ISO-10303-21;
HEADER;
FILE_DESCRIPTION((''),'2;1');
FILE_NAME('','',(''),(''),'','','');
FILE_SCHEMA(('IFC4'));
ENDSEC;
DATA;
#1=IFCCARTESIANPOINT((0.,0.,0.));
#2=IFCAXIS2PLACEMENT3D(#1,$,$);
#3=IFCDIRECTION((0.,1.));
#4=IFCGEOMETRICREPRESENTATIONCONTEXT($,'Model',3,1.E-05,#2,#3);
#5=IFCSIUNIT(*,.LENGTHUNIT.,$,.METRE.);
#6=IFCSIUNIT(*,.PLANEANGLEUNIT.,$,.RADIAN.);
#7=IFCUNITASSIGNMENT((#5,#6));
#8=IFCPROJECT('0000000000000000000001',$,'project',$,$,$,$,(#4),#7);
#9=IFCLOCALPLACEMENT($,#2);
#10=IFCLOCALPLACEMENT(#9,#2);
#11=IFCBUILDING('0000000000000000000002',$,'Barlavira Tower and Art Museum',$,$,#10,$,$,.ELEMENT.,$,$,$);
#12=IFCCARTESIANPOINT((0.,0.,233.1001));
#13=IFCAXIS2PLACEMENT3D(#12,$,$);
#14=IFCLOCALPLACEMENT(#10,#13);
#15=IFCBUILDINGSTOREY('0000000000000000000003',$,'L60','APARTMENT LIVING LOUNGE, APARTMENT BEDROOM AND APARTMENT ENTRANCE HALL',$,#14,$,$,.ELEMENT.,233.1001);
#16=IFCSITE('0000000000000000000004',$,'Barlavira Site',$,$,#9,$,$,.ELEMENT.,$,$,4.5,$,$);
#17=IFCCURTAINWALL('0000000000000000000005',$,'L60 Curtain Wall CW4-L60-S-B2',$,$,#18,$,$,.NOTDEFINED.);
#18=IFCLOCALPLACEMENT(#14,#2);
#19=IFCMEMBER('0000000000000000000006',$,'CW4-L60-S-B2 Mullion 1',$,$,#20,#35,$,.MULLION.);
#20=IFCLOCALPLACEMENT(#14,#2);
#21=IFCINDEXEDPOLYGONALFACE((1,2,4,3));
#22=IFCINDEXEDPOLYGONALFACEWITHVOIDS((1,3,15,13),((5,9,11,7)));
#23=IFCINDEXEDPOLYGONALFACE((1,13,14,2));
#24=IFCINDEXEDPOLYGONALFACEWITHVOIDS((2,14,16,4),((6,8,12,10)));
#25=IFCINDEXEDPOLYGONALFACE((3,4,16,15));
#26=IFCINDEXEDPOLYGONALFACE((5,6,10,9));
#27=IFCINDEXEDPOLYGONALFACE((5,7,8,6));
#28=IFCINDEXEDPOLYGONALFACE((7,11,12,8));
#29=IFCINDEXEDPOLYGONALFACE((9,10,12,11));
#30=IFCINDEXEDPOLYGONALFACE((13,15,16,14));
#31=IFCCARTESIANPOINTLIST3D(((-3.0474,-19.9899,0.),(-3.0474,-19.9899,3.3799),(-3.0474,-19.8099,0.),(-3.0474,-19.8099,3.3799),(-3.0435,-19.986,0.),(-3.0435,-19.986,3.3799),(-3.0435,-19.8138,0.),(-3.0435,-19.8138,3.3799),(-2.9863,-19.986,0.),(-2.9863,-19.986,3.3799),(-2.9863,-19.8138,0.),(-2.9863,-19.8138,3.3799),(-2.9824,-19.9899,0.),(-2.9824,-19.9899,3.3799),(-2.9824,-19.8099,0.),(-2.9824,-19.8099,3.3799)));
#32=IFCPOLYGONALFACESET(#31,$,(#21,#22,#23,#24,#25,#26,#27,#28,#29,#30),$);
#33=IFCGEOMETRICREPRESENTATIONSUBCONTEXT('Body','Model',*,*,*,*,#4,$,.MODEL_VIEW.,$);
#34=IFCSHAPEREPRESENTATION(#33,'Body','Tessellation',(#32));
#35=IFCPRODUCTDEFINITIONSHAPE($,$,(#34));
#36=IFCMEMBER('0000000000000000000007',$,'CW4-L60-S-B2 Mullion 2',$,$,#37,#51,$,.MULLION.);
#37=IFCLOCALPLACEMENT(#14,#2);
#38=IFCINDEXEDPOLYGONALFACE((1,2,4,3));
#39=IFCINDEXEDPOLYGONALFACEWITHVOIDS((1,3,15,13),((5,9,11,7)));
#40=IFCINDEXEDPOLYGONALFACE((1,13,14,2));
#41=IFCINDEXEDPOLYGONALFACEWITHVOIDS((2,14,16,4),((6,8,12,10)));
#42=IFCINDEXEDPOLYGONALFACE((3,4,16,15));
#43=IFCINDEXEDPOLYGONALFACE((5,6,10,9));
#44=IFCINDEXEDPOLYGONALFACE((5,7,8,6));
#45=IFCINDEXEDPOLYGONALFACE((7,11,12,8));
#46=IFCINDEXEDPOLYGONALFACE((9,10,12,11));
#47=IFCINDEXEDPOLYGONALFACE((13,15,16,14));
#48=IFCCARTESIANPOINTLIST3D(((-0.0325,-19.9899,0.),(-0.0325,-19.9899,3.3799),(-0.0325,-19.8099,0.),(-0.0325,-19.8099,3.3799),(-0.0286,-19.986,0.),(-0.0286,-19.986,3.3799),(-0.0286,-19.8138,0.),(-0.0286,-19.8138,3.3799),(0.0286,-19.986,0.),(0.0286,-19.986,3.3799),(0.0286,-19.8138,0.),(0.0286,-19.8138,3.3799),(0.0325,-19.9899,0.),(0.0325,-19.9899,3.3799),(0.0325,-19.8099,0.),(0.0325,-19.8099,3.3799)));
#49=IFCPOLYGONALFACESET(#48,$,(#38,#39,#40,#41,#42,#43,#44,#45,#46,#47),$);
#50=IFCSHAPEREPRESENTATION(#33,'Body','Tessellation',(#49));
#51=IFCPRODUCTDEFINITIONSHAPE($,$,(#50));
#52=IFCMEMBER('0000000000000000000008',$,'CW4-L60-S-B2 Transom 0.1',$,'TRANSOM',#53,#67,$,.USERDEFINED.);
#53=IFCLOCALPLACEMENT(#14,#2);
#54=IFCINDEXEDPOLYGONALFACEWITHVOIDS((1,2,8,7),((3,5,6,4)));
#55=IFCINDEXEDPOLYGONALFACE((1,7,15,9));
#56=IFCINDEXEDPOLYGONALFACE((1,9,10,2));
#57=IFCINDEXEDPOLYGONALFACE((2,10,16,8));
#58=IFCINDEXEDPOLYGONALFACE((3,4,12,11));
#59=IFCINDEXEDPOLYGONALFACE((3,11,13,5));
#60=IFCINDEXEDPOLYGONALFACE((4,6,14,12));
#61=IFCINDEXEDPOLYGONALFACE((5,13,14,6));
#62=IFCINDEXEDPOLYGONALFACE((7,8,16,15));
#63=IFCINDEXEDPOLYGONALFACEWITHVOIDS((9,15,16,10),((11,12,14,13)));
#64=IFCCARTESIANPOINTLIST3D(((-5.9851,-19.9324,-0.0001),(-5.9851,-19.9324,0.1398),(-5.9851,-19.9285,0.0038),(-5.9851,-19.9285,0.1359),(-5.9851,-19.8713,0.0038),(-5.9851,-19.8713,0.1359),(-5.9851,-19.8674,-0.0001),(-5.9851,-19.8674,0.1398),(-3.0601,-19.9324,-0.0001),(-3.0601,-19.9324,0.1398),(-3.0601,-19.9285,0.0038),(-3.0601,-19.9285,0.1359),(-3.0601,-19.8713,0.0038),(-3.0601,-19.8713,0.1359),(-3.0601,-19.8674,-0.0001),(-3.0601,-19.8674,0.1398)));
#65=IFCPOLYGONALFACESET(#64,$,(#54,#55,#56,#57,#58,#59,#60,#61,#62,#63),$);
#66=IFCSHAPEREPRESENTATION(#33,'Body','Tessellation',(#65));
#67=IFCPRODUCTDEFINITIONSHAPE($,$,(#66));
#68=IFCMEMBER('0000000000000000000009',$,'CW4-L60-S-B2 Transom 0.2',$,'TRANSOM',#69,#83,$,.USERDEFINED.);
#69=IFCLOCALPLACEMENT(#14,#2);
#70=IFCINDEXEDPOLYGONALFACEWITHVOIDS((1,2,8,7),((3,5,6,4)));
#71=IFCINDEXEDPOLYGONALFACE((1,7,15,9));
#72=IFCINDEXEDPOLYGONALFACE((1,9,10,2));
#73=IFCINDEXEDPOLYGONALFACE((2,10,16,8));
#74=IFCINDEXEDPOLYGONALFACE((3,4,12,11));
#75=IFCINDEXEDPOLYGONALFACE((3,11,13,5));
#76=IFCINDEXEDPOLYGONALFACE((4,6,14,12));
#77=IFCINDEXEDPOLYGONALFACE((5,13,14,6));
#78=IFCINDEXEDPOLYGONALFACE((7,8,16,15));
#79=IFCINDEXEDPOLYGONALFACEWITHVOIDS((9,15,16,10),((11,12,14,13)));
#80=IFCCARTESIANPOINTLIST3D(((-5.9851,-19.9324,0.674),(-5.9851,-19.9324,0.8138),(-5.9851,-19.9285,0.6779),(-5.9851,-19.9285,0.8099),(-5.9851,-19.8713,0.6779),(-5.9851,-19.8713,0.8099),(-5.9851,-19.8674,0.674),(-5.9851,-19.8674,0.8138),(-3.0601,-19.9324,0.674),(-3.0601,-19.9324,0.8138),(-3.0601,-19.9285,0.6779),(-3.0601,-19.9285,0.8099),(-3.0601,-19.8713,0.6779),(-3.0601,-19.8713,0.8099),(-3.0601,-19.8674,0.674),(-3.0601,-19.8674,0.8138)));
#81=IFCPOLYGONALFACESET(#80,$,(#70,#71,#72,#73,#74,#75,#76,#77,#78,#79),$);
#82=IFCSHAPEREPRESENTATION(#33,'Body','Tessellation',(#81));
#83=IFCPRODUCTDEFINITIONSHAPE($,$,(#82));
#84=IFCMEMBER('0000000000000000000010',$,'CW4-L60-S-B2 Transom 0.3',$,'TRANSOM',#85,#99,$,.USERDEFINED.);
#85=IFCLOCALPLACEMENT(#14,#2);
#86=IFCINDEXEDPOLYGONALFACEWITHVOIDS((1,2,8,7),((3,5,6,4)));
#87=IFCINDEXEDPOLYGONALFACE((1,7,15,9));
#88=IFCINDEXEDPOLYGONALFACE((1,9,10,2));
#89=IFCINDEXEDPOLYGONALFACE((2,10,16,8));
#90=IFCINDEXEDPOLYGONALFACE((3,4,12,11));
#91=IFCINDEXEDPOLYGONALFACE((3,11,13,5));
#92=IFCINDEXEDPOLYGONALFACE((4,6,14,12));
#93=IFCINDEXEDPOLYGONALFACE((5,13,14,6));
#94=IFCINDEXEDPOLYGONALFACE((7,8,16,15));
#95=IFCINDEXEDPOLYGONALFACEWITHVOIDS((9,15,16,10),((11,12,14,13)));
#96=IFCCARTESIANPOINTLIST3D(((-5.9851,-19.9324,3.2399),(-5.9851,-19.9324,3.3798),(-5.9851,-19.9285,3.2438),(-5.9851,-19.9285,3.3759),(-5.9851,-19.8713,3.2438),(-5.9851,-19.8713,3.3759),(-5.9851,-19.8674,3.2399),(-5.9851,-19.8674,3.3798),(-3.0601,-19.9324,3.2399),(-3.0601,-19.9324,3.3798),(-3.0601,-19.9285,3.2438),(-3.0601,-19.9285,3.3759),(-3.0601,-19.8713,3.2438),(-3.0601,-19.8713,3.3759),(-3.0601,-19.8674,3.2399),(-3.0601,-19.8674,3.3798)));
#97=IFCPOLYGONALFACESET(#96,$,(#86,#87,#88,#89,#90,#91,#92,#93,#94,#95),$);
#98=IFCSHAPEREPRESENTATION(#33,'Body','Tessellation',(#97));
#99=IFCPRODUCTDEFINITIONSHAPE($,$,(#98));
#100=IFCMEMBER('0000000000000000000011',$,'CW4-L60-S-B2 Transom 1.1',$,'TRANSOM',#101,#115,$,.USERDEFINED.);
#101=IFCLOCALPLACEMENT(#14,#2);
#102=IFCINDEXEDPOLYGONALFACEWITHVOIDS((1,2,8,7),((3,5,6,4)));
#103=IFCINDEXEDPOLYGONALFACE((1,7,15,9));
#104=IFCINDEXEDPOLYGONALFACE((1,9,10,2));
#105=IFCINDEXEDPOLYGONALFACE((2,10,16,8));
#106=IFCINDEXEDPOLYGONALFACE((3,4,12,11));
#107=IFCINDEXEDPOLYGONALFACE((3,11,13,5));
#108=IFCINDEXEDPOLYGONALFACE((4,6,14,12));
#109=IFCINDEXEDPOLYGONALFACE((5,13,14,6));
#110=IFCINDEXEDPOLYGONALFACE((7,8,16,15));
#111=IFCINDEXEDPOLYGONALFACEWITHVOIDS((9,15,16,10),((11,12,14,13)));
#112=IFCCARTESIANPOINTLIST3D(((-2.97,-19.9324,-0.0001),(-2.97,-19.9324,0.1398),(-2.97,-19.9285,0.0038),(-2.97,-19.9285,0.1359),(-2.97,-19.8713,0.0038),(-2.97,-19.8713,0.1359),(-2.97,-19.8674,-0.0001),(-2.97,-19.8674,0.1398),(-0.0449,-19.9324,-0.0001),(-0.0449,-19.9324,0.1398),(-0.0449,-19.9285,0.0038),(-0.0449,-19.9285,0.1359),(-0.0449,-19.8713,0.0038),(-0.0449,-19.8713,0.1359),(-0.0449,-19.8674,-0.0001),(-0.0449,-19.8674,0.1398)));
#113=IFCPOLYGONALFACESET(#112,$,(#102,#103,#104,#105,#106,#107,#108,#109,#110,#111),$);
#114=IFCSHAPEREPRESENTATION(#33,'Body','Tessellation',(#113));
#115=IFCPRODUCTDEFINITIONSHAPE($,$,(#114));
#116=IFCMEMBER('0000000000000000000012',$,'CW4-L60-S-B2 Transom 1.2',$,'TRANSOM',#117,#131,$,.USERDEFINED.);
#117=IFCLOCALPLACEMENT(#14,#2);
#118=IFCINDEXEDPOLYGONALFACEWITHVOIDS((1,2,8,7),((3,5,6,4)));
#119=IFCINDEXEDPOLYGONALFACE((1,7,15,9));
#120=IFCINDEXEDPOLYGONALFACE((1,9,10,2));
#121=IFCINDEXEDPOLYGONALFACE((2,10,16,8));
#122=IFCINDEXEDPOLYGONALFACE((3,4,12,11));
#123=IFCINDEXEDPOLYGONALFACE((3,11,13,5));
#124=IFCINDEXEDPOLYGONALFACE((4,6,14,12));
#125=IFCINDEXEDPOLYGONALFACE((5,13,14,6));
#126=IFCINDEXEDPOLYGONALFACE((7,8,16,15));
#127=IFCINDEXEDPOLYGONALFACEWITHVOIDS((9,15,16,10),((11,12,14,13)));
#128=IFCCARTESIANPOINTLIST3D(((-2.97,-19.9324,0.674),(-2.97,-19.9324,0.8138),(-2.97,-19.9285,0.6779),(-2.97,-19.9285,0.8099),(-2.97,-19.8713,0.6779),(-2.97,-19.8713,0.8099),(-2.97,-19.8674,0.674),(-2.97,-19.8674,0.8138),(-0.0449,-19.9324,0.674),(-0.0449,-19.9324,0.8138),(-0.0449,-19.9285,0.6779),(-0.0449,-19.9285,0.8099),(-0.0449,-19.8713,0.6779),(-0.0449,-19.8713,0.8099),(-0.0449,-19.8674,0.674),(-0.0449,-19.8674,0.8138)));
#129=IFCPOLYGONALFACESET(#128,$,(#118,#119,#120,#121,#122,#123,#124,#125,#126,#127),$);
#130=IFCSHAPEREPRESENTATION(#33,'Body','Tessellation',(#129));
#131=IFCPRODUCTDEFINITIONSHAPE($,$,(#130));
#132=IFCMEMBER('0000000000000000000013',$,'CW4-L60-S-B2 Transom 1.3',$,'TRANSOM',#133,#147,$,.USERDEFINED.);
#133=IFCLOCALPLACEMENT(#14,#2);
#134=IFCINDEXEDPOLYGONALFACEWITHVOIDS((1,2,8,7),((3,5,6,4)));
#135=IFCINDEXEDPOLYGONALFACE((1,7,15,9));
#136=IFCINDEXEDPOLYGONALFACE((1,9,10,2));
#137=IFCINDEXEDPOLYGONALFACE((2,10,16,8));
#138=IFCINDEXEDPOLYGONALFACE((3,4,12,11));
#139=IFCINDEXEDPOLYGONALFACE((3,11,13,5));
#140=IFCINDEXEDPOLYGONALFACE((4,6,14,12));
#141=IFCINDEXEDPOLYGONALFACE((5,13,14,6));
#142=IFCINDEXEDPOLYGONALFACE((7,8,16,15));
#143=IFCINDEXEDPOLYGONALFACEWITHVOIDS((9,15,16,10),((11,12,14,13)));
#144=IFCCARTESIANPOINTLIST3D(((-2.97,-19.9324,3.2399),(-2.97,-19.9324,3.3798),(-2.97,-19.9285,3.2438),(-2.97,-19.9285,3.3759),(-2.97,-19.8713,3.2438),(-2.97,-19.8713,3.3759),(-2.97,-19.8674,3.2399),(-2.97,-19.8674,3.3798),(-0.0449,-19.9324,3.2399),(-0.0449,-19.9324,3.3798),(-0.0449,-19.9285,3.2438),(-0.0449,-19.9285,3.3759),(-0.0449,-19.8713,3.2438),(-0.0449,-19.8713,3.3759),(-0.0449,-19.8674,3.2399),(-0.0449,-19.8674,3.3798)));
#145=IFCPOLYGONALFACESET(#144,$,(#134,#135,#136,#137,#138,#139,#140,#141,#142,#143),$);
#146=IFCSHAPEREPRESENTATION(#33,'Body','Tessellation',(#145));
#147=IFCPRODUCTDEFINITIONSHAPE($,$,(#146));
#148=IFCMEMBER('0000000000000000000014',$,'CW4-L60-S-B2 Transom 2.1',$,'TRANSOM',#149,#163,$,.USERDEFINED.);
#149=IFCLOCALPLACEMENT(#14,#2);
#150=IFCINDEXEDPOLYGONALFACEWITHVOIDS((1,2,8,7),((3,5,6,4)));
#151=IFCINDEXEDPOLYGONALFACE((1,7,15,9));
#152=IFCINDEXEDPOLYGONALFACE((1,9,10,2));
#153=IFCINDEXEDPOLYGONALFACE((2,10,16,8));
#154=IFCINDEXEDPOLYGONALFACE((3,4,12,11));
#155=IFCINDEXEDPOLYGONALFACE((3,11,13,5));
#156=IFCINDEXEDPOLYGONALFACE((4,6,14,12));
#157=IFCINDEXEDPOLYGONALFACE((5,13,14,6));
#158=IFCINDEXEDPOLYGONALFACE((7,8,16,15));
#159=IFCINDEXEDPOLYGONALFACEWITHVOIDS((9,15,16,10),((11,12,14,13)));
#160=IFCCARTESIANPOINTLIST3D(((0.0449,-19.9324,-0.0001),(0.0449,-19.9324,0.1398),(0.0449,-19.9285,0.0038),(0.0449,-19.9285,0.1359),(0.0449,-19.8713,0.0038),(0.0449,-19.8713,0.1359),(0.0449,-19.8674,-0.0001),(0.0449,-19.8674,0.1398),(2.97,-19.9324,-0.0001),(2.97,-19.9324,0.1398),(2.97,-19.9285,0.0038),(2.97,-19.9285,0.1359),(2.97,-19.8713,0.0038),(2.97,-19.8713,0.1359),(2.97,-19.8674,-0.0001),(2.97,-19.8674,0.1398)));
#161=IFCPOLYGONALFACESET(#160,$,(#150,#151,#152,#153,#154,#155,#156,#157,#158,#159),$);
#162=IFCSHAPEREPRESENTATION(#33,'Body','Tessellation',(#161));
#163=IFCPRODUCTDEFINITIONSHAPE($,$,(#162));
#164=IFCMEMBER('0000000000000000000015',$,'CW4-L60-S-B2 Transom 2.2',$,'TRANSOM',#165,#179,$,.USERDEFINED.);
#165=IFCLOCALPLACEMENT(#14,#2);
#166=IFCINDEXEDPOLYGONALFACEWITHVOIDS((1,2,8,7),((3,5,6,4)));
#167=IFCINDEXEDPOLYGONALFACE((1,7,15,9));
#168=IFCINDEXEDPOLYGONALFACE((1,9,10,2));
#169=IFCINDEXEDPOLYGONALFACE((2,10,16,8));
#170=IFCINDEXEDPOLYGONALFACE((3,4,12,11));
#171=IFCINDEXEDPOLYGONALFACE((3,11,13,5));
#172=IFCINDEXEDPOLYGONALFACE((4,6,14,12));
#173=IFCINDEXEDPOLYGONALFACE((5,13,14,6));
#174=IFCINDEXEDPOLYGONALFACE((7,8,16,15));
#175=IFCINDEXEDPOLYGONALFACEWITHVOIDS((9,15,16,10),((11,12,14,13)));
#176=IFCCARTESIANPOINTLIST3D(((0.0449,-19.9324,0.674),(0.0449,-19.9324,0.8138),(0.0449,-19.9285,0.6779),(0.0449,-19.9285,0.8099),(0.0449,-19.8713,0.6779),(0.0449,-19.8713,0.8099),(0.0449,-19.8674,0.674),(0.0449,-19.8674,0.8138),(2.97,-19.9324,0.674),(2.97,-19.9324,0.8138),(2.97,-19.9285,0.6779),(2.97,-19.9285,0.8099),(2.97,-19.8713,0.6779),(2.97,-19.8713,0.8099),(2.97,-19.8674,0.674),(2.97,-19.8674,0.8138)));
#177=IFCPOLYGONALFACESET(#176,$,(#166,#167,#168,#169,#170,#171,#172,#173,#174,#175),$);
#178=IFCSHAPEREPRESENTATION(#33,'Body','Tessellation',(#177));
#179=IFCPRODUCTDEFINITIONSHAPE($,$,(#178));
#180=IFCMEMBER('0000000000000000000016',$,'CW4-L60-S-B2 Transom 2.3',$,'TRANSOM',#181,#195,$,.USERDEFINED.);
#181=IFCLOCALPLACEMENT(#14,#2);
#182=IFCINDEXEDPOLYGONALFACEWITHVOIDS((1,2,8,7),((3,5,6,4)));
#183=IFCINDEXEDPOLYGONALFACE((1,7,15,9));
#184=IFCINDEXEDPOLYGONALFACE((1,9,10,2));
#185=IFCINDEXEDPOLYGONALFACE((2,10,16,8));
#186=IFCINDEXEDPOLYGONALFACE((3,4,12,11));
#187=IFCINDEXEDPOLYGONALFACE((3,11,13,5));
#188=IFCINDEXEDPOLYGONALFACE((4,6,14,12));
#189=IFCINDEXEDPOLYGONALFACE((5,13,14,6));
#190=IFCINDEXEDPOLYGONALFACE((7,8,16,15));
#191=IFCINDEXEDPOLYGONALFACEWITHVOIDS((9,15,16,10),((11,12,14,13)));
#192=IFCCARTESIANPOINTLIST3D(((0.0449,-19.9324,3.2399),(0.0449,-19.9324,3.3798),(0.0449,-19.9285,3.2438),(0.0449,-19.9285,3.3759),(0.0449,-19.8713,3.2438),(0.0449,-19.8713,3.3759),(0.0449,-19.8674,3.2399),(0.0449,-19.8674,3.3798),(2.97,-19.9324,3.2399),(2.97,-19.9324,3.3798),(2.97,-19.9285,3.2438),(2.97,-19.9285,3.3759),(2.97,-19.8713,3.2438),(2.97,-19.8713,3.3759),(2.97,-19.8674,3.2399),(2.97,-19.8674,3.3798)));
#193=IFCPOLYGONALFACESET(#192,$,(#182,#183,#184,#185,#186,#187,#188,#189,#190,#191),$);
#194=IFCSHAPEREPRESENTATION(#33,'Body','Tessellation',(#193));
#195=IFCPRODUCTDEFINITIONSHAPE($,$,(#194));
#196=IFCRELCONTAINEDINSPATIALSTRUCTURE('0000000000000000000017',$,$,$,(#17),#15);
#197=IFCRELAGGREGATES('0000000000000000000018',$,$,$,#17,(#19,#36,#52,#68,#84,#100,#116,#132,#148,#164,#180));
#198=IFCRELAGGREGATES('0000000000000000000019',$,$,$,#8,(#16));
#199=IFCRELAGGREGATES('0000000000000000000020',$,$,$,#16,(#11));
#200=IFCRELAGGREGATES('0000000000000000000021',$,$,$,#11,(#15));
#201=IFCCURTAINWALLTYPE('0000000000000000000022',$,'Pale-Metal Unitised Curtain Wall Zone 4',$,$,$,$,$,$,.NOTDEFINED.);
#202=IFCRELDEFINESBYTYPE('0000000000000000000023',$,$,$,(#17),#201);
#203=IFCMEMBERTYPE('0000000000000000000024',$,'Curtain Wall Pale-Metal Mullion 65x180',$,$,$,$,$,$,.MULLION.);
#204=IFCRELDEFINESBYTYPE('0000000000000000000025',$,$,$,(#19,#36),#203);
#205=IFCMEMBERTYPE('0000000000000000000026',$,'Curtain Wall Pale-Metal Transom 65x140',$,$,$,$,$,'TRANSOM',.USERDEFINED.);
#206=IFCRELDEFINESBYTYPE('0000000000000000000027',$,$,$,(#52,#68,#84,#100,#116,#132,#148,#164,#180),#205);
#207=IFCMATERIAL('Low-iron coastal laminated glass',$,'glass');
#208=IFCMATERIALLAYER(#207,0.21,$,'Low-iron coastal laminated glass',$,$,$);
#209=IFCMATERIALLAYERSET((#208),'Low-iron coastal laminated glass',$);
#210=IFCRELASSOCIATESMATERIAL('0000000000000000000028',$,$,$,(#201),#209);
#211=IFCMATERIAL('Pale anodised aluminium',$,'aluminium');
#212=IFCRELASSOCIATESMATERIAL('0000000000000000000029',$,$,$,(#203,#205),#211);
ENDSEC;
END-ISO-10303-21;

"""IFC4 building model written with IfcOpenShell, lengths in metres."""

from ifc_helpers import new_model, si_unit, direction, frame, origin, origin_2d, place, context, subcontext, project, spatial, hollow_rectangle, extrude, material, layer, layer_set, material_profile, profile_set, type_object, element, aggregate, save


model = new_model("IFC4")

# Units and contexts
model_context = context("Model", 3, precision=1e-05, world=origin(), true_north=direction((0.0, 1.0)))
body_context = subcontext(model_context, "Body", "Model", "MODEL_VIEW")
ifc_project = project(units=[si_unit("LENGTHUNIT", "METRE"), si_unit("PLANEANGLEUNIT", "RADIAN")], contexts=[model_context])

# Site, building, storey
site_placement = place(None, origin())
site = spatial("IfcSite", under=ifc_project, at=site_placement, Name="Barlavira Site", CompositionType="ELEMENT", RefElevation=4.5)
building_placement = place(site_placement, origin())
building = spatial("IfcBuilding", under=site, at=building_placement, Name="Barlavira Tower and Art Museum", CompositionType="ELEMENT")
storey_placement = place(building_placement, frame((0.0, 0.0, 233.1001)))
storey = spatial("IfcBuildingStorey", under=building, at=storey_placement, Name="L60", Description="APARTMENT LIVING LOUNGE, APARTMENT BEDROOM AND APARTMENT ENTRANCE HALL", CompositionType="ELEMENT", Elevation=233.1001)

# Curtain wall, members
ifc_material_1 = material(Name="Low-iron coastal laminated glass", Category="glass")
ifc_layer_1 = layer(ifc_material_1, 0.21, Name="Low-iron coastal laminated glass")
ifc_layer_set_1 = layer_set([ifc_layer_1], Name="Low-iron coastal laminated glass")
curtain_wall_type = type_object("IfcCurtainWallType", Name="Pale-Metal Unitised Curtain Wall Zone 4", PredefinedType="NOTDEFINED", material=ifc_layer_set_1)
curtain_wall_placement = place(storey_placement, origin())
curtain_wall = element("IfcCurtainWall", 1, at=curtain_wall_placement, inside=storey, type_object=curtain_wall_type, Name="L60 Curtain Wall CW4-L60-S-B2", PredefinedType="NOTDEFINED")
ifc_material_2 = material(Name="Pale anodised aluminium", Category="aluminium")
ifc_material_profile_1 = material_profile(ifc_material_2, hollow_rectangle(XDim=0.0649, YDim=0.1799, WallThickness=0.0039, at=origin_2d()), Name="ALU-MULL 65x180x4")
ifc_profile_set_1 = profile_set([ifc_material_profile_1], Name="Pale anodised aluminium")
member_type_1 = type_object("IfcMemberType", Name="Curtain Wall Pale-Metal Mullion 65x180", PredefinedType="MULLION", material=ifc_profile_set_1)
member_1_placement = place(storey_placement, frame((-3.0149, -19.8999, 0.0), z_axis=(0.0, 0.0, 1.0), x_axis=(1.0, 0.0, 0.0)))
member_1 = element("IfcMember", 2, at=member_1_placement, type_object=member_type_1, Name="CW4-L60-S-B2 Mullion 1", PredefinedType="MULLION", context=body_context, shape_type="SweptSolid", body=[
    extrude(hollow_rectangle(XDim=0.0649, YDim=0.1799, WallThickness=0.0039, at=origin_2d()), origin(), (0.0, 0.0, 1.0), 3.3799),
])
member_2_placement = place(storey_placement, frame((0.0, -19.8999, 0.0), z_axis=(0.0, 0.0, 1.0), x_axis=(1.0, 0.0, 0.0)))
member_2 = element("IfcMember", 3, at=member_2_placement, type_object=member_type_1, Name="CW4-L60-S-B2 Mullion 2", PredefinedType="MULLION", context=body_context, shape_type="SweptSolid", body=[
    extrude(hollow_rectangle(XDim=0.0649, YDim=0.1799, WallThickness=0.0039, at=origin_2d()), origin(), (0.0, 0.0, 1.0), 3.3799),
])
ifc_material_profile_2 = material_profile(ifc_material_2, hollow_rectangle(XDim=0.0649, YDim=0.1399, WallThickness=0.0039, at=origin_2d()), Name="ALU-TRAN 65x140x4")
ifc_profile_set_2 = profile_set([ifc_material_profile_2], Name="Pale anodised aluminium")
member_type_2 = type_object("IfcMemberType", Name="Curtain Wall Pale-Metal Transom 65x140", ElementType="TRANSOM", PredefinedType="USERDEFINED", material=ifc_profile_set_2)
member_3_placement = place(storey_placement, frame((-5.9851, -19.8999, 0.0698), z_axis=(1.0, 0.0, 0.0), x_axis=(0.0, 1.0, 0.0)))
member_3 = element("IfcMember", 4, at=member_3_placement, type_object=member_type_2, Name="CW4-L60-S-B2 Transom 0.1", ObjectType="TRANSOM", PredefinedType="USERDEFINED", context=body_context, shape_type="SweptSolid", body=[
    extrude(hollow_rectangle(XDim=0.0649, YDim=0.1399, WallThickness=0.0039, at=origin_2d()), origin(), (0.0, 0.0, 1.0), 2.925),
])
member_4_placement = place(storey_placement, frame((-5.9851, -19.8999, 0.7439), z_axis=(1.0, 0.0, 0.0), x_axis=(0.0, 1.0, 0.0)))
member_4 = element("IfcMember", 5, at=member_4_placement, type_object=member_type_2, Name="CW4-L60-S-B2 Transom 0.2", ObjectType="TRANSOM", PredefinedType="USERDEFINED", context=body_context, shape_type="SweptSolid", body=[
    extrude(hollow_rectangle(XDim=0.0649, YDim=0.1399, WallThickness=0.0039, at=origin_2d()), origin(), (0.0, 0.0, 1.0), 2.925),
])
member_5_placement = place(storey_placement, frame((-5.9851, -19.8999, 3.3098), z_axis=(1.0, 0.0, 0.0), x_axis=(0.0, 1.0, 0.0)))
member_5 = element("IfcMember", 6, at=member_5_placement, type_object=member_type_2, Name="CW4-L60-S-B2 Transom 0.3", ObjectType="TRANSOM", PredefinedType="USERDEFINED", context=body_context, shape_type="SweptSolid", body=[
    extrude(hollow_rectangle(XDim=0.0649, YDim=0.1399, WallThickness=0.0039, at=origin_2d()), origin(), (0.0, 0.0, 1.0), 2.925),
])
member_6_placement = place(storey_placement, frame((-2.97, -19.8999, 0.0698), z_axis=(1.0, 0.0, 0.0), x_axis=(0.0, 1.0, 0.0)))
member_6 = element("IfcMember", 7, at=member_6_placement, type_object=member_type_2, Name="CW4-L60-S-B2 Transom 1.1", ObjectType="TRANSOM", PredefinedType="USERDEFINED", context=body_context, shape_type="SweptSolid", body=[
    extrude(hollow_rectangle(XDim=0.0649, YDim=0.1399, WallThickness=0.0039, at=origin_2d()), origin(), (0.0, 0.0, 1.0), 2.925),
])
member_7_placement = place(storey_placement, frame((-2.97, -19.8999, 0.7439), z_axis=(1.0, 0.0, 0.0), x_axis=(0.0, 1.0, 0.0)))
member_7 = element("IfcMember", 8, at=member_7_placement, type_object=member_type_2, Name="CW4-L60-S-B2 Transom 1.2", ObjectType="TRANSOM", PredefinedType="USERDEFINED", context=body_context, shape_type="SweptSolid", body=[
    extrude(hollow_rectangle(XDim=0.0649, YDim=0.1399, WallThickness=0.0039, at=origin_2d()), origin(), (0.0, 0.0, 1.0), 2.925),
])
member_8_placement = place(storey_placement, frame((-2.97, -19.8999, 3.3098), z_axis=(1.0, 0.0, 0.0), x_axis=(0.0, 1.0, 0.0)))
member_8 = element("IfcMember", 9, at=member_8_placement, type_object=member_type_2, Name="CW4-L60-S-B2 Transom 1.3", ObjectType="TRANSOM", PredefinedType="USERDEFINED", context=body_context, shape_type="SweptSolid", body=[
    extrude(hollow_rectangle(XDim=0.0649, YDim=0.1399, WallThickness=0.0039, at=origin_2d()), origin(), (0.0, 0.0, 1.0), 2.925),
])
member_9_placement = place(storey_placement, frame((0.0449, -19.8999, 0.0698), z_axis=(1.0, 0.0, 0.0), x_axis=(0.0, 1.0, 0.0)))
member_9 = element("IfcMember", 10, at=member_9_placement, type_object=member_type_2, Name="CW4-L60-S-B2 Transom 2.1", ObjectType="TRANSOM", PredefinedType="USERDEFINED", context=body_context, shape_type="SweptSolid", body=[
    extrude(hollow_rectangle(XDim=0.0649, YDim=0.1399, WallThickness=0.0039, at=origin_2d()), origin(), (0.0, 0.0, 1.0), 2.925),
])
member_10_placement = place(storey_placement, frame((0.0449, -19.8999, 0.7439), z_axis=(1.0, 0.0, 0.0), x_axis=(0.0, 1.0, 0.0)))
member_10 = element("IfcMember", 11, at=member_10_placement, type_object=member_type_2, Name="CW4-L60-S-B2 Transom 2.2", ObjectType="TRANSOM", PredefinedType="USERDEFINED", context=body_context, shape_type="SweptSolid", body=[
    extrude(hollow_rectangle(XDim=0.0649, YDim=0.1399, WallThickness=0.0039, at=origin_2d()), origin(), (0.0, 0.0, 1.0), 2.925),
])
member_11_placement = place(storey_placement, frame((0.0449, -19.8999, 3.3098), z_axis=(1.0, 0.0, 0.0), x_axis=(0.0, 1.0, 0.0)))
member_11 = element("IfcMember", 12, at=member_11_placement, type_object=member_type_2, Name="CW4-L60-S-B2 Transom 2.3", ObjectType="TRANSOM", PredefinedType="USERDEFINED", context=body_context, shape_type="SweptSolid", body=[
    extrude(hollow_rectangle(XDim=0.0649, YDim=0.1399, WallThickness=0.0039, at=origin_2d()), origin(), (0.0, 0.0, 1.0), 2.925),
])
aggregate(curtain_wall, [member_1, member_2, member_3, member_4, member_5, member_6, member_7, member_8, member_9, member_10, member_11])

save(model, "model.ifc")
